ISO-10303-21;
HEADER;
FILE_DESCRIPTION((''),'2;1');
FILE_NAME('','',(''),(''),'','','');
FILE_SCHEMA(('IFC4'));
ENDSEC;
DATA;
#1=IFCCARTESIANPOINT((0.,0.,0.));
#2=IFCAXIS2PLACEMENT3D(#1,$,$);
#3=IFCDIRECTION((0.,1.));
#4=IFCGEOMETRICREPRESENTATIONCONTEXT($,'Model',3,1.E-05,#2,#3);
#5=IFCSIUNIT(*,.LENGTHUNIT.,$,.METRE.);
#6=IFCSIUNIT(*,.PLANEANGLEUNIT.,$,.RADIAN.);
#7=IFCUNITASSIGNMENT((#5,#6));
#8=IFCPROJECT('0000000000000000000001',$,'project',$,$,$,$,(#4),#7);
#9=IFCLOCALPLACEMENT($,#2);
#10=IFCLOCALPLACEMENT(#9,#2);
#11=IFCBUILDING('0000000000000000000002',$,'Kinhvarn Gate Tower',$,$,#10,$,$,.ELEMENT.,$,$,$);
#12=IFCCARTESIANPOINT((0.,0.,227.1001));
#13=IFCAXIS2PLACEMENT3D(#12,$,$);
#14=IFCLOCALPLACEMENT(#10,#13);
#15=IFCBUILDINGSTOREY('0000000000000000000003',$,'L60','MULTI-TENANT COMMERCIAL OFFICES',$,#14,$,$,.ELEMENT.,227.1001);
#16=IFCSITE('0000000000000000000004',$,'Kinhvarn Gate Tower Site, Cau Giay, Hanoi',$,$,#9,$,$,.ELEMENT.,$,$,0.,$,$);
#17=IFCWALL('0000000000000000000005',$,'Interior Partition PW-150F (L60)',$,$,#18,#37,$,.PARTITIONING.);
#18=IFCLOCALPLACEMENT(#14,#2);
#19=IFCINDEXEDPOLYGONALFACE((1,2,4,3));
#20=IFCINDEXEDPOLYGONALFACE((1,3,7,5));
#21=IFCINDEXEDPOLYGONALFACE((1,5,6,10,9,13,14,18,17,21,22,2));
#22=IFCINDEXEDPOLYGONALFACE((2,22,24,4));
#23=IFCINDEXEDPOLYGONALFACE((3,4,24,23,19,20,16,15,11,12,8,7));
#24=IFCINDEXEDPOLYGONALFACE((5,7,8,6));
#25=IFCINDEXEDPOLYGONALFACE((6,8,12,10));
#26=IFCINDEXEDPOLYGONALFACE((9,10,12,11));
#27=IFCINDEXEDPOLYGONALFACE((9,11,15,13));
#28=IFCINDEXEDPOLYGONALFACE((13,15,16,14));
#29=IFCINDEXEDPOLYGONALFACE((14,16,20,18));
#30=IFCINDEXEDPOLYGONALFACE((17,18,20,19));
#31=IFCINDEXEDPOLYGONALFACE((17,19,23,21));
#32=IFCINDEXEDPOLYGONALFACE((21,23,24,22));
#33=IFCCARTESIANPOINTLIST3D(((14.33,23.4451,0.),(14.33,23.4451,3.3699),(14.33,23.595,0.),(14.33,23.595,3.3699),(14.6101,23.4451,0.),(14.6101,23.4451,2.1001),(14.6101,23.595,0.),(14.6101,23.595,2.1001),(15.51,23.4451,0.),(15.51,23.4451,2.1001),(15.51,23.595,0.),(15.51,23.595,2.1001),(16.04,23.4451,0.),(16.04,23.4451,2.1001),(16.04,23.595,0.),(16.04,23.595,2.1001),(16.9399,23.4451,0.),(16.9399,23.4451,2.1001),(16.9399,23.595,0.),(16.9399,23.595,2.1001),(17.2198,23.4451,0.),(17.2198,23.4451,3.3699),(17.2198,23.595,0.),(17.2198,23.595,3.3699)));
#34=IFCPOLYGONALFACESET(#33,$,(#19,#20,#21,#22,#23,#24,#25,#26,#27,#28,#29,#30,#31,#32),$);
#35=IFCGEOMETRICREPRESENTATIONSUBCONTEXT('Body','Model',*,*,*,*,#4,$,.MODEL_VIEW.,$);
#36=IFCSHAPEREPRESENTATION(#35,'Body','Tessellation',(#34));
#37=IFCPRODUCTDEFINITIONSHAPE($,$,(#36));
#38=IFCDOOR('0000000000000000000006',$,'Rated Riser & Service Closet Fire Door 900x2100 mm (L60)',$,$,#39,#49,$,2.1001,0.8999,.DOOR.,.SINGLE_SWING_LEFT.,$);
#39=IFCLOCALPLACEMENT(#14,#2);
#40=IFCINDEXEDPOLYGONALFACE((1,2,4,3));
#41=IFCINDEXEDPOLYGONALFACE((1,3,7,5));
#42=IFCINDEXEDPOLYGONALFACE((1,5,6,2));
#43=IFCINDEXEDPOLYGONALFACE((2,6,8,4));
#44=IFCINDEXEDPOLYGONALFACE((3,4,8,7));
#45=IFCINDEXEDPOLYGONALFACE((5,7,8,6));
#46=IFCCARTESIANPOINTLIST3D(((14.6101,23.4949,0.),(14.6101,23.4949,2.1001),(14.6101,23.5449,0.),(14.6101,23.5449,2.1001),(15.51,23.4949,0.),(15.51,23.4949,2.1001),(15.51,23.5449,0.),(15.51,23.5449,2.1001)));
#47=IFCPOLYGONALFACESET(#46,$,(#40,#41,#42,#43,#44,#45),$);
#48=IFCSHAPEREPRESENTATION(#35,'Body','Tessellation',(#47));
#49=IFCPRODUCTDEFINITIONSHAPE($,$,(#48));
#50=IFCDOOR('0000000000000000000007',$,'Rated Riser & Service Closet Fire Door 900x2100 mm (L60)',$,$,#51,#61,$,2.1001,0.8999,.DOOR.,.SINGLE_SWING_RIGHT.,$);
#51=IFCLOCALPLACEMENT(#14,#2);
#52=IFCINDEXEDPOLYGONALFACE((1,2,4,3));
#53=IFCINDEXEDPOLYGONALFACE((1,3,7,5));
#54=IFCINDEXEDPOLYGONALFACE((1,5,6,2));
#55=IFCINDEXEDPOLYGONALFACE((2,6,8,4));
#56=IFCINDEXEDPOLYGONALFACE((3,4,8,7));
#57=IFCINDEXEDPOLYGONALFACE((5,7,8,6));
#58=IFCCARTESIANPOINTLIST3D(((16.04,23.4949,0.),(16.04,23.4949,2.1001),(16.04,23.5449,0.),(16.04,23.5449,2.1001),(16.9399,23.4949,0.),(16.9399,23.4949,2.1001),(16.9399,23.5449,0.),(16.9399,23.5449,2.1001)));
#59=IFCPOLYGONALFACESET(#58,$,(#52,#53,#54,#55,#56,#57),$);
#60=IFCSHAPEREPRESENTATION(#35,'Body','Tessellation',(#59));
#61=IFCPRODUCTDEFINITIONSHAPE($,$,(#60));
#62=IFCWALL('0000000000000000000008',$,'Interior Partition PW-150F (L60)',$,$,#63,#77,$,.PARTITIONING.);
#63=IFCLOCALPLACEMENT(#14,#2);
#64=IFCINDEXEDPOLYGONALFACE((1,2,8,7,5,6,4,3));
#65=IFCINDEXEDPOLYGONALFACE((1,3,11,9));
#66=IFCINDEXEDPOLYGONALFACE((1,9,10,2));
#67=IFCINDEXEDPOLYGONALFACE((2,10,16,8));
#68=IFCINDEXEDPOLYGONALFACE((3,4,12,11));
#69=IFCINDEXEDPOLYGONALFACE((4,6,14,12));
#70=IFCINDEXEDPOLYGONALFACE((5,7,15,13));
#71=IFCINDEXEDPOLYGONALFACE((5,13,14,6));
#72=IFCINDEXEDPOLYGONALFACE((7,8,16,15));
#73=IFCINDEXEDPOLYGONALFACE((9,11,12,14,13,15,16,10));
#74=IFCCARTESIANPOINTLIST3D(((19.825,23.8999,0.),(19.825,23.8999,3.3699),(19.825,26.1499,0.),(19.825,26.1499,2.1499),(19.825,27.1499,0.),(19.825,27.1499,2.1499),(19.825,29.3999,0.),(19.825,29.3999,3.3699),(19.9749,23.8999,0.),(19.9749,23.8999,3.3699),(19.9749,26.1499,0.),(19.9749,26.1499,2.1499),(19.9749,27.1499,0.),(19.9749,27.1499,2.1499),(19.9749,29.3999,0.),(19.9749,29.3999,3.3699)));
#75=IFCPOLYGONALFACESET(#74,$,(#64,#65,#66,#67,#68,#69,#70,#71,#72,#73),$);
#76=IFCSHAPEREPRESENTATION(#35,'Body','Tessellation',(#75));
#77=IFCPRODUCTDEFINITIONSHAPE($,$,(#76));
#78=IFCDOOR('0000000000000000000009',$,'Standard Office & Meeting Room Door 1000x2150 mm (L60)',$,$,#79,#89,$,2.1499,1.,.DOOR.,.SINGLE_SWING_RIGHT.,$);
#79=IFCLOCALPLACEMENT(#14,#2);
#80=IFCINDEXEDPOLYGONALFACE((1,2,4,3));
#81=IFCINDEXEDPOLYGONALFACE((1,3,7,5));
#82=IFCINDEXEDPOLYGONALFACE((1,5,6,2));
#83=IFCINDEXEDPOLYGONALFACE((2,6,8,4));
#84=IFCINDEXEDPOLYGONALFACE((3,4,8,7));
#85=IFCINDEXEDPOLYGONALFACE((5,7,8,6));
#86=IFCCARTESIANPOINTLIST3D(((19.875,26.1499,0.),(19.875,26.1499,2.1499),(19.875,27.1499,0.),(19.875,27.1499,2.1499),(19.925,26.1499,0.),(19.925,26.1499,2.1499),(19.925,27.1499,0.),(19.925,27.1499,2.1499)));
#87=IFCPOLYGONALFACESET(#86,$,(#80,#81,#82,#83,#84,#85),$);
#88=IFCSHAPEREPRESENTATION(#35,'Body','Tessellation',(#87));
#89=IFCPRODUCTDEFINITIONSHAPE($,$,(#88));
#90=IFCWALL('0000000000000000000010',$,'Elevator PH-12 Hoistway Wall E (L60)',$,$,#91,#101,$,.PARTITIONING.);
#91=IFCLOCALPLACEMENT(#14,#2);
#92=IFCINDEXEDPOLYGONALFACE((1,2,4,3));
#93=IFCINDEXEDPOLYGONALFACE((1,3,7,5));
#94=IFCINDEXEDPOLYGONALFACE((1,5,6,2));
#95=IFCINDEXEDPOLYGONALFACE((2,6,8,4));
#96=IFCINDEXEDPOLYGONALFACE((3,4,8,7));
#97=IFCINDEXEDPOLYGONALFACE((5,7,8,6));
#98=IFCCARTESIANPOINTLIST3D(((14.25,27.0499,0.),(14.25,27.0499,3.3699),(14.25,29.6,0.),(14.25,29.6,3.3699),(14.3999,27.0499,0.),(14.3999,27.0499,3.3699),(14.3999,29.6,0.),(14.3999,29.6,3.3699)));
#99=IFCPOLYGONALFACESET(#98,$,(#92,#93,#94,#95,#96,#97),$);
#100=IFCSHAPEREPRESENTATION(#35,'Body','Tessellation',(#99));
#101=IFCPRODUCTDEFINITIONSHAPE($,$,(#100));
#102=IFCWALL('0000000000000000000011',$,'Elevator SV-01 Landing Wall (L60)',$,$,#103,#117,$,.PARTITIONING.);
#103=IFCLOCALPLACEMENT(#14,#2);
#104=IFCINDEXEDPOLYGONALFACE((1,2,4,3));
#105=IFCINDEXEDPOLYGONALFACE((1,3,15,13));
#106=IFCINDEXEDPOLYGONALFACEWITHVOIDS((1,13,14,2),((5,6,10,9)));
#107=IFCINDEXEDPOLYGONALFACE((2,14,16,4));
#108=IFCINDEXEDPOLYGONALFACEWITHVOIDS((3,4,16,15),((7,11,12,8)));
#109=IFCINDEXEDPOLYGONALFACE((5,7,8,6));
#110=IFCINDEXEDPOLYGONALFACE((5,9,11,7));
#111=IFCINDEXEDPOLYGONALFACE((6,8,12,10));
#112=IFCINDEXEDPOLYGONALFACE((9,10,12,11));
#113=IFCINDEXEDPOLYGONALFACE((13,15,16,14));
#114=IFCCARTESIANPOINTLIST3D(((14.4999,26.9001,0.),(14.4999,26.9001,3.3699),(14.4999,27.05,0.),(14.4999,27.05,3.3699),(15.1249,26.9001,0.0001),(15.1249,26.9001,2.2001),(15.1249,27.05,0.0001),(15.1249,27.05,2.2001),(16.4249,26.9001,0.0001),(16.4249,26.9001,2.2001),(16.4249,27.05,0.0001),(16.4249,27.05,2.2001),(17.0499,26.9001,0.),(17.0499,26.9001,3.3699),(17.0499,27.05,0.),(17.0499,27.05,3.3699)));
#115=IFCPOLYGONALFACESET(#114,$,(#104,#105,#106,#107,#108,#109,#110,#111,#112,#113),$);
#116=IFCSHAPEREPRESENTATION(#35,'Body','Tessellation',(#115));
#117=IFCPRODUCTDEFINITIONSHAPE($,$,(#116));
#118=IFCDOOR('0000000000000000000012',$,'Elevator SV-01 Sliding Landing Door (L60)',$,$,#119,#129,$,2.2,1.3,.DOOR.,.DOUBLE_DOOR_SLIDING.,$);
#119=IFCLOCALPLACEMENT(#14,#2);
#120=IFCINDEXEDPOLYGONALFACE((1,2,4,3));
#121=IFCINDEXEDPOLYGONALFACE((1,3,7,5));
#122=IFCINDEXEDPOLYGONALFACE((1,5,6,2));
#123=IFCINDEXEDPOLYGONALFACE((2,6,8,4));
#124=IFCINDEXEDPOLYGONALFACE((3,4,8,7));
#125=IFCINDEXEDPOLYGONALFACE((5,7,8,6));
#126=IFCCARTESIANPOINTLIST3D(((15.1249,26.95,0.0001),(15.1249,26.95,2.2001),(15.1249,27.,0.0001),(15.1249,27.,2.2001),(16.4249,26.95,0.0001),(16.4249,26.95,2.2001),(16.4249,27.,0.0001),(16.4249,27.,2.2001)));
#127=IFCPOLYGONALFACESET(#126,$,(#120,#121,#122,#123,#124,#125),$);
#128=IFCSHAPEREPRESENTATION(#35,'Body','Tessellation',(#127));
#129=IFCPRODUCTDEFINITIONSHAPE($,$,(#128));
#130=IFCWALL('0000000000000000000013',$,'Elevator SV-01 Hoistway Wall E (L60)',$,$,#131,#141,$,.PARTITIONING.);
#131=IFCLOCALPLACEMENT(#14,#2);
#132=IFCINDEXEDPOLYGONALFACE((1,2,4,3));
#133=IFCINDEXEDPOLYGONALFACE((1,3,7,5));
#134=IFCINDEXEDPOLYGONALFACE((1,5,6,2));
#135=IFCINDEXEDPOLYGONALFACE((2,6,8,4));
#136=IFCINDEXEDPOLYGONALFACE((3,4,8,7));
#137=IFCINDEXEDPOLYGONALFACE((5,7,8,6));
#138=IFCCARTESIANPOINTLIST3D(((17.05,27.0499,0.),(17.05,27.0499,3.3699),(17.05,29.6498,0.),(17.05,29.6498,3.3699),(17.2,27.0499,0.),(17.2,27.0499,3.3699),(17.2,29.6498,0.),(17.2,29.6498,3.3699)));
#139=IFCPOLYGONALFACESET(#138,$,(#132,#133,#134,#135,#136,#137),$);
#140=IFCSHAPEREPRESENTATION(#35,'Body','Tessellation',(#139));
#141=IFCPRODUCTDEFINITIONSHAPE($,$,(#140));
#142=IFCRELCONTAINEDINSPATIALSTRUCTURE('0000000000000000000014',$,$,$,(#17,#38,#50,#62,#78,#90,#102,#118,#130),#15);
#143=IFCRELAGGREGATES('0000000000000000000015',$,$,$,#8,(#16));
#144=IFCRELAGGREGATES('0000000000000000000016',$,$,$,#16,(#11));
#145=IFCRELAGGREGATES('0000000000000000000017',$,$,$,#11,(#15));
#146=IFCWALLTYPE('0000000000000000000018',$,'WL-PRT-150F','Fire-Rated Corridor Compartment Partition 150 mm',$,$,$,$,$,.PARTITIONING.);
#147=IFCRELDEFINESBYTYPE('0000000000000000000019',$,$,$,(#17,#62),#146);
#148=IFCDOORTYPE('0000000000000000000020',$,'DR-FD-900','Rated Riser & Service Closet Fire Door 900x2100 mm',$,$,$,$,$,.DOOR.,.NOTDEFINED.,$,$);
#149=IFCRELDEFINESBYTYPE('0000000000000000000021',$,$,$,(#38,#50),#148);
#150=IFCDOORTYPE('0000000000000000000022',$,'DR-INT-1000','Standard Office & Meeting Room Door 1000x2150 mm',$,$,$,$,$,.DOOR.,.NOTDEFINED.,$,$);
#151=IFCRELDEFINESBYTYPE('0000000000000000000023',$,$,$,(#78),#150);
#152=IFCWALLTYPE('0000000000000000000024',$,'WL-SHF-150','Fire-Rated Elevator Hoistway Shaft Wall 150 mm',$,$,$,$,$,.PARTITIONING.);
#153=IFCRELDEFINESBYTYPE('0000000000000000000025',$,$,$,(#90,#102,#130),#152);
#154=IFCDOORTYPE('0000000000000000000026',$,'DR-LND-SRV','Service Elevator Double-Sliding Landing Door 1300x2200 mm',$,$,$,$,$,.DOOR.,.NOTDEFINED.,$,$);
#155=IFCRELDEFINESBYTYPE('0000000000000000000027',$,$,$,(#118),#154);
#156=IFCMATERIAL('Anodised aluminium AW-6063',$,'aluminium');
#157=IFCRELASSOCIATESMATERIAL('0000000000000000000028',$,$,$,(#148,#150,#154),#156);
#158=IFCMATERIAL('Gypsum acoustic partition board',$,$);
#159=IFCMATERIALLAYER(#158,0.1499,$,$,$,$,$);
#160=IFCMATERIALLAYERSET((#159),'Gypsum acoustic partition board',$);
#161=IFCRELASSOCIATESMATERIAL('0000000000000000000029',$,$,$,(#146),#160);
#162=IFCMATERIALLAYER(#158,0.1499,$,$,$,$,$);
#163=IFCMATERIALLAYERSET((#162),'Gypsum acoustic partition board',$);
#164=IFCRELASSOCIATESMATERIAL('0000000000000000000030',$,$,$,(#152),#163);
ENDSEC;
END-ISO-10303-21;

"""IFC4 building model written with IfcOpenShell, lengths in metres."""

from ifc_helpers import new_model, si_unit, direction, frame, frame_2d, origin, place, context, subcontext, project, spatial, rectangle, extrude, material, layer, layer_set, type_object, element, fill, save


model = new_model("IFC4")

# Units and contexts
model_context = context("Model", 3, precision=1e-05, world=origin(), true_north=direction((0.0, 1.0)))
body_context = subcontext(model_context, "Body", "Model", "MODEL_VIEW")
ifc_project = project(units=[si_unit("LENGTHUNIT", "METRE"), si_unit("PLANEANGLEUNIT", "RADIAN")], contexts=[model_context])

# Site, building, storey
site_placement = place(None, origin())
site = spatial("IfcSite", under=ifc_project, at=site_placement, Name="Kinhvarn Gate Tower Site, Cau Giay, Hanoi", CompositionType="ELEMENT", RefElevation=0.0)
building_placement = place(site_placement, origin())
building = spatial("IfcBuilding", under=site, at=building_placement, Name="Kinhvarn Gate Tower", CompositionType="ELEMENT")
storey_placement = place(building_placement, frame((0.0, 0.0, 227.1001)))
storey = spatial("IfcBuildingStorey", under=building, at=storey_placement, Name="L60", Description="MULTI-TENANT COMMERCIAL OFFICES", CompositionType="ELEMENT", Elevation=227.1001)

# Shared definitions
ifc_material_1 = material(Name="Anodised aluminium AW-6063", Category="aluminium")

# Shared definitions
ifc_material_2 = material(Name="Gypsum acoustic partition board")

# Shared definitions
door_type_1 = type_object("IfcDoorType", Name="DR-FD-900", Description="Rated Riser & Service Closet Fire Door 900x2100 mm", OperationType="NOTDEFINED", PredefinedType="DOOR", material=ifc_material_1)

# Wall, openings, doors
ifc_layer_1 = layer(ifc_material_2, 0.1499)
ifc_layer_set_1 = layer_set([ifc_layer_1], Name="Gypsum acoustic partition board")
wall_type_1 = type_object("IfcWallType", Name="WL-PRT-150F", Description="Fire-Rated Corridor Compartment Partition 150 mm", PredefinedType="PARTITIONING", material=ifc_layer_set_1)
wall_1_placement = place(storey_placement, frame((14.3301, 23.52, 0.0), z_axis=(0.0, 0.0, 1.0), x_axis=(1.0, 0.0, 0.0)))
wall_1 = element("IfcWall", 1, at=wall_1_placement, inside=storey, type_object=wall_type_1, Name="Interior Partition PW-150F (L60)", PredefinedType="PARTITIONING", context=body_context, shape_type="SweptSolid", body=[
    extrude(rectangle(XDim=2.8899, YDim=0.1499, at=frame_2d((1.4448, 0.0))), origin(), (0.0, 0.0, 1.0), 3.3699),
])
opening_1_placement = place(wall_1_placement, frame((0.28, 0.0, 0.0)))
opening_1 = element("IfcOpeningElement", 2, at=opening_1_placement, cuts=wall_1, PredefinedType="OPENING", context=body_context, shape_type="SweptSolid", body=[
    extrude(rectangle(XDim=0.8999, YDim=2.1001, at=frame_2d((0.45, 1.05))), frame((0.0, 0.085, 0.0), z_axis=(0.0, -1.0, 0.0), x_axis=(1.0, 0.0, 0.0)), (0.0, 0.0, 1.0), 0.1699),
])
opening_2_placement = place(wall_1_placement, frame((1.71, 0.0, 0.0)))
opening_2 = element("IfcOpeningElement", 3, at=opening_2_placement, cuts=wall_1, PredefinedType="OPENING", context=body_context, shape_type="SweptSolid", body=[
    extrude(rectangle(XDim=0.8999, YDim=2.1001, at=frame_2d((0.45, 1.05))), frame((0.0, 0.085, 0.0), z_axis=(0.0, -1.0, 0.0), x_axis=(1.0, 0.0, 0.0)), (0.0, 0.0, 1.0), 0.1699),
])
door_1_placement = place(opening_1_placement, origin())
door_1 = element("IfcDoor", 4, at=door_1_placement, inside=storey, type_object=door_type_1, Name="Rated Riser & Service Closet Fire Door 900x2100 mm (L60)", OperationType="SINGLE_SWING_LEFT", OverallHeight=2.1001, OverallWidth=0.8999, PredefinedType="DOOR", context=body_context, shape_type="SweptSolid", body=[
    extrude(rectangle(XDim=0.8999, YDim=2.1001, at=frame_2d((0.45, 1.05))), frame((0.0, 0.0249, 0.0), z_axis=(0.0, -1.0, 0.0), x_axis=(1.0, 0.0, 0.0)), (0.0, 0.0, 1.0), 0.05),
])
fill(opening_1, door_1)
door_2_placement = place(opening_2_placement, origin())
door_2 = element("IfcDoor", 5, at=door_2_placement, inside=storey, type_object=door_type_1, Name="Rated Riser & Service Closet Fire Door 900x2100 mm (L60)", OperationType="SINGLE_SWING_RIGHT", OverallHeight=2.1001, OverallWidth=0.8999, PredefinedType="DOOR", context=body_context, shape_type="SweptSolid", body=[
    extrude(rectangle(XDim=0.8999, YDim=2.1001, at=frame_2d((0.45, 1.05))), frame((0.0, 0.0249, 0.0), z_axis=(0.0, -1.0, 0.0), x_axis=(1.0, 0.0, 0.0)), (0.0, 0.0, 1.0), 0.05),
])
fill(opening_2, door_2)

# Wall, opening, door
wall_2_placement = place(storey_placement, frame((19.8999, 23.8999, 0.0), z_axis=(0.0, 0.0, 1.0), x_axis=(0.0, 1.0, 0.0)))
wall_2 = element("IfcWall", 6, at=wall_2_placement, inside=storey, type_object=wall_type_1, Name="Interior Partition PW-150F (L60)", PredefinedType="PARTITIONING", context=body_context, shape_type="SweptSolid", body=[
    extrude(rectangle(XDim=5.5, YDim=0.1499, at=frame_2d((2.75, 0.0))), origin(), (0.0, 0.0, 1.0), 3.3699),
])
opening_3_placement = place(wall_2_placement, frame((2.25, 0.0, 0.0)))
opening_3 = element("IfcOpeningElement", 7, at=opening_3_placement, cuts=wall_2, PredefinedType="OPENING", context=body_context, shape_type="SweptSolid", body=[
    extrude(rectangle(XDim=1.0, YDim=2.1499, at=frame_2d((0.5, 1.075))), frame((0.0, 0.085, 0.0), z_axis=(0.0, -1.0, 0.0), x_axis=(1.0, 0.0, 0.0)), (0.0, 0.0, 1.0), 0.1699),
])
door_type_2 = type_object("IfcDoorType", Name="DR-INT-1000", Description="Standard Office & Meeting Room Door 1000x2150 mm", OperationType="NOTDEFINED", PredefinedType="DOOR", material=ifc_material_1)
door_3_placement = place(opening_3_placement, origin())
door_3 = element("IfcDoor", 8, at=door_3_placement, inside=storey, type_object=door_type_2, Name="Standard Office & Meeting Room Door 1000x2150 mm (L60)", OperationType="SINGLE_SWING_RIGHT", OverallHeight=2.1499, OverallWidth=1.0, PredefinedType="DOOR", context=body_context, shape_type="SweptSolid", body=[
    extrude(rectangle(XDim=1.0, YDim=2.1499, at=frame_2d((0.5, 1.075))), frame((0.0, 0.0249, 0.0), z_axis=(0.0, -1.0, 0.0), x_axis=(1.0, 0.0, 0.0)), (0.0, 0.0, 1.0), 0.05),
])
fill(opening_3, door_3)

# Wall
ifc_layer_2 = layer(ifc_material_2, 0.1499)
ifc_layer_set_2 = layer_set([ifc_layer_2], Name="Gypsum acoustic partition board")
wall_type_2 = type_object("IfcWallType", Name="WL-SHF-150", Description="Fire-Rated Elevator Hoistway Shaft Wall 150 mm", PredefinedType="PARTITIONING", material=ifc_layer_set_2)
wall_3_placement = place(storey_placement, frame((14.325, 27.05, 0.0), z_axis=(0.0, 0.0, 1.0), x_axis=(0.0, 1.0, 0.0)))
element("IfcWall", 9, at=wall_3_placement, inside=storey, type_object=wall_type_2, Name="Elevator PH-12 Hoistway Wall E (L60)", PredefinedType="PARTITIONING", context=body_context, shape_type="SweptSolid", body=[
    extrude(rectangle(XDim=2.55, YDim=0.1499, at=frame_2d((1.2749, 0.0))), origin(), (0.0, 0.0, 1.0), 3.3699),
])

# Wall, opening, door
wall_4_placement = place(storey_placement, frame((14.5, 26.9751, 0.0), z_axis=(0.0, 0.0, 1.0), x_axis=(1.0, 0.0, 0.0)))
wall_4 = element("IfcWall", 10, at=wall_4_placement, inside=storey, type_object=wall_type_2, Name="Elevator SV-01 Landing Wall (L60)", PredefinedType="PARTITIONING", context=body_context, shape_type="SweptSolid", body=[
    extrude(rectangle(XDim=2.55, YDim=0.1499, at=frame_2d((1.2749, 0.0))), origin(), (0.0, 0.0, 1.0), 3.3699),
])
opening_4_placement = place(wall_4_placement, frame((0.625, 0.0, 0.0)))
opening_4 = element("IfcOpeningElement", 11, at=opening_4_placement, cuts=wall_4, PredefinedType="OPENING", context=body_context, shape_type="SweptSolid", body=[
    extrude(rectangle(XDim=1.3, YDim=2.2, at=frame_2d((0.6499, 1.1001))), frame((0.0, 0.085, 0.0), z_axis=(0.0, -1.0, 0.0), x_axis=(1.0, 0.0, 0.0)), (0.0, 0.0, 1.0), 0.1699),
])
door_type_3 = type_object("IfcDoorType", Name="DR-LND-SRV", Description="Service Elevator Double-Sliding Landing Door 1300x2200 mm", OperationType="NOTDEFINED", PredefinedType="DOOR", material=ifc_material_1)
door_4_placement = place(opening_4_placement, origin())
door_4 = element("IfcDoor", 12, at=door_4_placement, inside=storey, type_object=door_type_3, Name="Elevator SV-01 Sliding Landing Door (L60)", OperationType="DOUBLE_DOOR_SLIDING", OverallHeight=2.2, OverallWidth=1.3, PredefinedType="DOOR", context=body_context, shape_type="SweptSolid", body=[
    extrude(rectangle(XDim=1.3, YDim=2.2, at=frame_2d((0.6499, 1.1001))), frame((0.0, 0.0249, 0.0), z_axis=(0.0, -1.0, 0.0), x_axis=(1.0, 0.0, 0.0)), (0.0, 0.0, 1.0), 0.05),
])
fill(opening_4, door_4)

# Wall
wall_5_placement = place(storey_placement, frame((17.125, 27.05, 0.0), z_axis=(0.0, 0.0, 1.0), x_axis=(0.0, 1.0, 0.0)))
element("IfcWall", 13, at=wall_5_placement, inside=storey, type_object=wall_type_2, Name="Elevator SV-01 Hoistway Wall E (L60)", PredefinedType="PARTITIONING", context=body_context, shape_type="SweptSolid", body=[
    extrude(rectangle(XDim=2.5999, YDim=0.1499, at=frame_2d((1.2998, 0.0))), origin(), (0.0, 0.0, 1.0), 3.3699),
])

save(model, "model.ifc")
